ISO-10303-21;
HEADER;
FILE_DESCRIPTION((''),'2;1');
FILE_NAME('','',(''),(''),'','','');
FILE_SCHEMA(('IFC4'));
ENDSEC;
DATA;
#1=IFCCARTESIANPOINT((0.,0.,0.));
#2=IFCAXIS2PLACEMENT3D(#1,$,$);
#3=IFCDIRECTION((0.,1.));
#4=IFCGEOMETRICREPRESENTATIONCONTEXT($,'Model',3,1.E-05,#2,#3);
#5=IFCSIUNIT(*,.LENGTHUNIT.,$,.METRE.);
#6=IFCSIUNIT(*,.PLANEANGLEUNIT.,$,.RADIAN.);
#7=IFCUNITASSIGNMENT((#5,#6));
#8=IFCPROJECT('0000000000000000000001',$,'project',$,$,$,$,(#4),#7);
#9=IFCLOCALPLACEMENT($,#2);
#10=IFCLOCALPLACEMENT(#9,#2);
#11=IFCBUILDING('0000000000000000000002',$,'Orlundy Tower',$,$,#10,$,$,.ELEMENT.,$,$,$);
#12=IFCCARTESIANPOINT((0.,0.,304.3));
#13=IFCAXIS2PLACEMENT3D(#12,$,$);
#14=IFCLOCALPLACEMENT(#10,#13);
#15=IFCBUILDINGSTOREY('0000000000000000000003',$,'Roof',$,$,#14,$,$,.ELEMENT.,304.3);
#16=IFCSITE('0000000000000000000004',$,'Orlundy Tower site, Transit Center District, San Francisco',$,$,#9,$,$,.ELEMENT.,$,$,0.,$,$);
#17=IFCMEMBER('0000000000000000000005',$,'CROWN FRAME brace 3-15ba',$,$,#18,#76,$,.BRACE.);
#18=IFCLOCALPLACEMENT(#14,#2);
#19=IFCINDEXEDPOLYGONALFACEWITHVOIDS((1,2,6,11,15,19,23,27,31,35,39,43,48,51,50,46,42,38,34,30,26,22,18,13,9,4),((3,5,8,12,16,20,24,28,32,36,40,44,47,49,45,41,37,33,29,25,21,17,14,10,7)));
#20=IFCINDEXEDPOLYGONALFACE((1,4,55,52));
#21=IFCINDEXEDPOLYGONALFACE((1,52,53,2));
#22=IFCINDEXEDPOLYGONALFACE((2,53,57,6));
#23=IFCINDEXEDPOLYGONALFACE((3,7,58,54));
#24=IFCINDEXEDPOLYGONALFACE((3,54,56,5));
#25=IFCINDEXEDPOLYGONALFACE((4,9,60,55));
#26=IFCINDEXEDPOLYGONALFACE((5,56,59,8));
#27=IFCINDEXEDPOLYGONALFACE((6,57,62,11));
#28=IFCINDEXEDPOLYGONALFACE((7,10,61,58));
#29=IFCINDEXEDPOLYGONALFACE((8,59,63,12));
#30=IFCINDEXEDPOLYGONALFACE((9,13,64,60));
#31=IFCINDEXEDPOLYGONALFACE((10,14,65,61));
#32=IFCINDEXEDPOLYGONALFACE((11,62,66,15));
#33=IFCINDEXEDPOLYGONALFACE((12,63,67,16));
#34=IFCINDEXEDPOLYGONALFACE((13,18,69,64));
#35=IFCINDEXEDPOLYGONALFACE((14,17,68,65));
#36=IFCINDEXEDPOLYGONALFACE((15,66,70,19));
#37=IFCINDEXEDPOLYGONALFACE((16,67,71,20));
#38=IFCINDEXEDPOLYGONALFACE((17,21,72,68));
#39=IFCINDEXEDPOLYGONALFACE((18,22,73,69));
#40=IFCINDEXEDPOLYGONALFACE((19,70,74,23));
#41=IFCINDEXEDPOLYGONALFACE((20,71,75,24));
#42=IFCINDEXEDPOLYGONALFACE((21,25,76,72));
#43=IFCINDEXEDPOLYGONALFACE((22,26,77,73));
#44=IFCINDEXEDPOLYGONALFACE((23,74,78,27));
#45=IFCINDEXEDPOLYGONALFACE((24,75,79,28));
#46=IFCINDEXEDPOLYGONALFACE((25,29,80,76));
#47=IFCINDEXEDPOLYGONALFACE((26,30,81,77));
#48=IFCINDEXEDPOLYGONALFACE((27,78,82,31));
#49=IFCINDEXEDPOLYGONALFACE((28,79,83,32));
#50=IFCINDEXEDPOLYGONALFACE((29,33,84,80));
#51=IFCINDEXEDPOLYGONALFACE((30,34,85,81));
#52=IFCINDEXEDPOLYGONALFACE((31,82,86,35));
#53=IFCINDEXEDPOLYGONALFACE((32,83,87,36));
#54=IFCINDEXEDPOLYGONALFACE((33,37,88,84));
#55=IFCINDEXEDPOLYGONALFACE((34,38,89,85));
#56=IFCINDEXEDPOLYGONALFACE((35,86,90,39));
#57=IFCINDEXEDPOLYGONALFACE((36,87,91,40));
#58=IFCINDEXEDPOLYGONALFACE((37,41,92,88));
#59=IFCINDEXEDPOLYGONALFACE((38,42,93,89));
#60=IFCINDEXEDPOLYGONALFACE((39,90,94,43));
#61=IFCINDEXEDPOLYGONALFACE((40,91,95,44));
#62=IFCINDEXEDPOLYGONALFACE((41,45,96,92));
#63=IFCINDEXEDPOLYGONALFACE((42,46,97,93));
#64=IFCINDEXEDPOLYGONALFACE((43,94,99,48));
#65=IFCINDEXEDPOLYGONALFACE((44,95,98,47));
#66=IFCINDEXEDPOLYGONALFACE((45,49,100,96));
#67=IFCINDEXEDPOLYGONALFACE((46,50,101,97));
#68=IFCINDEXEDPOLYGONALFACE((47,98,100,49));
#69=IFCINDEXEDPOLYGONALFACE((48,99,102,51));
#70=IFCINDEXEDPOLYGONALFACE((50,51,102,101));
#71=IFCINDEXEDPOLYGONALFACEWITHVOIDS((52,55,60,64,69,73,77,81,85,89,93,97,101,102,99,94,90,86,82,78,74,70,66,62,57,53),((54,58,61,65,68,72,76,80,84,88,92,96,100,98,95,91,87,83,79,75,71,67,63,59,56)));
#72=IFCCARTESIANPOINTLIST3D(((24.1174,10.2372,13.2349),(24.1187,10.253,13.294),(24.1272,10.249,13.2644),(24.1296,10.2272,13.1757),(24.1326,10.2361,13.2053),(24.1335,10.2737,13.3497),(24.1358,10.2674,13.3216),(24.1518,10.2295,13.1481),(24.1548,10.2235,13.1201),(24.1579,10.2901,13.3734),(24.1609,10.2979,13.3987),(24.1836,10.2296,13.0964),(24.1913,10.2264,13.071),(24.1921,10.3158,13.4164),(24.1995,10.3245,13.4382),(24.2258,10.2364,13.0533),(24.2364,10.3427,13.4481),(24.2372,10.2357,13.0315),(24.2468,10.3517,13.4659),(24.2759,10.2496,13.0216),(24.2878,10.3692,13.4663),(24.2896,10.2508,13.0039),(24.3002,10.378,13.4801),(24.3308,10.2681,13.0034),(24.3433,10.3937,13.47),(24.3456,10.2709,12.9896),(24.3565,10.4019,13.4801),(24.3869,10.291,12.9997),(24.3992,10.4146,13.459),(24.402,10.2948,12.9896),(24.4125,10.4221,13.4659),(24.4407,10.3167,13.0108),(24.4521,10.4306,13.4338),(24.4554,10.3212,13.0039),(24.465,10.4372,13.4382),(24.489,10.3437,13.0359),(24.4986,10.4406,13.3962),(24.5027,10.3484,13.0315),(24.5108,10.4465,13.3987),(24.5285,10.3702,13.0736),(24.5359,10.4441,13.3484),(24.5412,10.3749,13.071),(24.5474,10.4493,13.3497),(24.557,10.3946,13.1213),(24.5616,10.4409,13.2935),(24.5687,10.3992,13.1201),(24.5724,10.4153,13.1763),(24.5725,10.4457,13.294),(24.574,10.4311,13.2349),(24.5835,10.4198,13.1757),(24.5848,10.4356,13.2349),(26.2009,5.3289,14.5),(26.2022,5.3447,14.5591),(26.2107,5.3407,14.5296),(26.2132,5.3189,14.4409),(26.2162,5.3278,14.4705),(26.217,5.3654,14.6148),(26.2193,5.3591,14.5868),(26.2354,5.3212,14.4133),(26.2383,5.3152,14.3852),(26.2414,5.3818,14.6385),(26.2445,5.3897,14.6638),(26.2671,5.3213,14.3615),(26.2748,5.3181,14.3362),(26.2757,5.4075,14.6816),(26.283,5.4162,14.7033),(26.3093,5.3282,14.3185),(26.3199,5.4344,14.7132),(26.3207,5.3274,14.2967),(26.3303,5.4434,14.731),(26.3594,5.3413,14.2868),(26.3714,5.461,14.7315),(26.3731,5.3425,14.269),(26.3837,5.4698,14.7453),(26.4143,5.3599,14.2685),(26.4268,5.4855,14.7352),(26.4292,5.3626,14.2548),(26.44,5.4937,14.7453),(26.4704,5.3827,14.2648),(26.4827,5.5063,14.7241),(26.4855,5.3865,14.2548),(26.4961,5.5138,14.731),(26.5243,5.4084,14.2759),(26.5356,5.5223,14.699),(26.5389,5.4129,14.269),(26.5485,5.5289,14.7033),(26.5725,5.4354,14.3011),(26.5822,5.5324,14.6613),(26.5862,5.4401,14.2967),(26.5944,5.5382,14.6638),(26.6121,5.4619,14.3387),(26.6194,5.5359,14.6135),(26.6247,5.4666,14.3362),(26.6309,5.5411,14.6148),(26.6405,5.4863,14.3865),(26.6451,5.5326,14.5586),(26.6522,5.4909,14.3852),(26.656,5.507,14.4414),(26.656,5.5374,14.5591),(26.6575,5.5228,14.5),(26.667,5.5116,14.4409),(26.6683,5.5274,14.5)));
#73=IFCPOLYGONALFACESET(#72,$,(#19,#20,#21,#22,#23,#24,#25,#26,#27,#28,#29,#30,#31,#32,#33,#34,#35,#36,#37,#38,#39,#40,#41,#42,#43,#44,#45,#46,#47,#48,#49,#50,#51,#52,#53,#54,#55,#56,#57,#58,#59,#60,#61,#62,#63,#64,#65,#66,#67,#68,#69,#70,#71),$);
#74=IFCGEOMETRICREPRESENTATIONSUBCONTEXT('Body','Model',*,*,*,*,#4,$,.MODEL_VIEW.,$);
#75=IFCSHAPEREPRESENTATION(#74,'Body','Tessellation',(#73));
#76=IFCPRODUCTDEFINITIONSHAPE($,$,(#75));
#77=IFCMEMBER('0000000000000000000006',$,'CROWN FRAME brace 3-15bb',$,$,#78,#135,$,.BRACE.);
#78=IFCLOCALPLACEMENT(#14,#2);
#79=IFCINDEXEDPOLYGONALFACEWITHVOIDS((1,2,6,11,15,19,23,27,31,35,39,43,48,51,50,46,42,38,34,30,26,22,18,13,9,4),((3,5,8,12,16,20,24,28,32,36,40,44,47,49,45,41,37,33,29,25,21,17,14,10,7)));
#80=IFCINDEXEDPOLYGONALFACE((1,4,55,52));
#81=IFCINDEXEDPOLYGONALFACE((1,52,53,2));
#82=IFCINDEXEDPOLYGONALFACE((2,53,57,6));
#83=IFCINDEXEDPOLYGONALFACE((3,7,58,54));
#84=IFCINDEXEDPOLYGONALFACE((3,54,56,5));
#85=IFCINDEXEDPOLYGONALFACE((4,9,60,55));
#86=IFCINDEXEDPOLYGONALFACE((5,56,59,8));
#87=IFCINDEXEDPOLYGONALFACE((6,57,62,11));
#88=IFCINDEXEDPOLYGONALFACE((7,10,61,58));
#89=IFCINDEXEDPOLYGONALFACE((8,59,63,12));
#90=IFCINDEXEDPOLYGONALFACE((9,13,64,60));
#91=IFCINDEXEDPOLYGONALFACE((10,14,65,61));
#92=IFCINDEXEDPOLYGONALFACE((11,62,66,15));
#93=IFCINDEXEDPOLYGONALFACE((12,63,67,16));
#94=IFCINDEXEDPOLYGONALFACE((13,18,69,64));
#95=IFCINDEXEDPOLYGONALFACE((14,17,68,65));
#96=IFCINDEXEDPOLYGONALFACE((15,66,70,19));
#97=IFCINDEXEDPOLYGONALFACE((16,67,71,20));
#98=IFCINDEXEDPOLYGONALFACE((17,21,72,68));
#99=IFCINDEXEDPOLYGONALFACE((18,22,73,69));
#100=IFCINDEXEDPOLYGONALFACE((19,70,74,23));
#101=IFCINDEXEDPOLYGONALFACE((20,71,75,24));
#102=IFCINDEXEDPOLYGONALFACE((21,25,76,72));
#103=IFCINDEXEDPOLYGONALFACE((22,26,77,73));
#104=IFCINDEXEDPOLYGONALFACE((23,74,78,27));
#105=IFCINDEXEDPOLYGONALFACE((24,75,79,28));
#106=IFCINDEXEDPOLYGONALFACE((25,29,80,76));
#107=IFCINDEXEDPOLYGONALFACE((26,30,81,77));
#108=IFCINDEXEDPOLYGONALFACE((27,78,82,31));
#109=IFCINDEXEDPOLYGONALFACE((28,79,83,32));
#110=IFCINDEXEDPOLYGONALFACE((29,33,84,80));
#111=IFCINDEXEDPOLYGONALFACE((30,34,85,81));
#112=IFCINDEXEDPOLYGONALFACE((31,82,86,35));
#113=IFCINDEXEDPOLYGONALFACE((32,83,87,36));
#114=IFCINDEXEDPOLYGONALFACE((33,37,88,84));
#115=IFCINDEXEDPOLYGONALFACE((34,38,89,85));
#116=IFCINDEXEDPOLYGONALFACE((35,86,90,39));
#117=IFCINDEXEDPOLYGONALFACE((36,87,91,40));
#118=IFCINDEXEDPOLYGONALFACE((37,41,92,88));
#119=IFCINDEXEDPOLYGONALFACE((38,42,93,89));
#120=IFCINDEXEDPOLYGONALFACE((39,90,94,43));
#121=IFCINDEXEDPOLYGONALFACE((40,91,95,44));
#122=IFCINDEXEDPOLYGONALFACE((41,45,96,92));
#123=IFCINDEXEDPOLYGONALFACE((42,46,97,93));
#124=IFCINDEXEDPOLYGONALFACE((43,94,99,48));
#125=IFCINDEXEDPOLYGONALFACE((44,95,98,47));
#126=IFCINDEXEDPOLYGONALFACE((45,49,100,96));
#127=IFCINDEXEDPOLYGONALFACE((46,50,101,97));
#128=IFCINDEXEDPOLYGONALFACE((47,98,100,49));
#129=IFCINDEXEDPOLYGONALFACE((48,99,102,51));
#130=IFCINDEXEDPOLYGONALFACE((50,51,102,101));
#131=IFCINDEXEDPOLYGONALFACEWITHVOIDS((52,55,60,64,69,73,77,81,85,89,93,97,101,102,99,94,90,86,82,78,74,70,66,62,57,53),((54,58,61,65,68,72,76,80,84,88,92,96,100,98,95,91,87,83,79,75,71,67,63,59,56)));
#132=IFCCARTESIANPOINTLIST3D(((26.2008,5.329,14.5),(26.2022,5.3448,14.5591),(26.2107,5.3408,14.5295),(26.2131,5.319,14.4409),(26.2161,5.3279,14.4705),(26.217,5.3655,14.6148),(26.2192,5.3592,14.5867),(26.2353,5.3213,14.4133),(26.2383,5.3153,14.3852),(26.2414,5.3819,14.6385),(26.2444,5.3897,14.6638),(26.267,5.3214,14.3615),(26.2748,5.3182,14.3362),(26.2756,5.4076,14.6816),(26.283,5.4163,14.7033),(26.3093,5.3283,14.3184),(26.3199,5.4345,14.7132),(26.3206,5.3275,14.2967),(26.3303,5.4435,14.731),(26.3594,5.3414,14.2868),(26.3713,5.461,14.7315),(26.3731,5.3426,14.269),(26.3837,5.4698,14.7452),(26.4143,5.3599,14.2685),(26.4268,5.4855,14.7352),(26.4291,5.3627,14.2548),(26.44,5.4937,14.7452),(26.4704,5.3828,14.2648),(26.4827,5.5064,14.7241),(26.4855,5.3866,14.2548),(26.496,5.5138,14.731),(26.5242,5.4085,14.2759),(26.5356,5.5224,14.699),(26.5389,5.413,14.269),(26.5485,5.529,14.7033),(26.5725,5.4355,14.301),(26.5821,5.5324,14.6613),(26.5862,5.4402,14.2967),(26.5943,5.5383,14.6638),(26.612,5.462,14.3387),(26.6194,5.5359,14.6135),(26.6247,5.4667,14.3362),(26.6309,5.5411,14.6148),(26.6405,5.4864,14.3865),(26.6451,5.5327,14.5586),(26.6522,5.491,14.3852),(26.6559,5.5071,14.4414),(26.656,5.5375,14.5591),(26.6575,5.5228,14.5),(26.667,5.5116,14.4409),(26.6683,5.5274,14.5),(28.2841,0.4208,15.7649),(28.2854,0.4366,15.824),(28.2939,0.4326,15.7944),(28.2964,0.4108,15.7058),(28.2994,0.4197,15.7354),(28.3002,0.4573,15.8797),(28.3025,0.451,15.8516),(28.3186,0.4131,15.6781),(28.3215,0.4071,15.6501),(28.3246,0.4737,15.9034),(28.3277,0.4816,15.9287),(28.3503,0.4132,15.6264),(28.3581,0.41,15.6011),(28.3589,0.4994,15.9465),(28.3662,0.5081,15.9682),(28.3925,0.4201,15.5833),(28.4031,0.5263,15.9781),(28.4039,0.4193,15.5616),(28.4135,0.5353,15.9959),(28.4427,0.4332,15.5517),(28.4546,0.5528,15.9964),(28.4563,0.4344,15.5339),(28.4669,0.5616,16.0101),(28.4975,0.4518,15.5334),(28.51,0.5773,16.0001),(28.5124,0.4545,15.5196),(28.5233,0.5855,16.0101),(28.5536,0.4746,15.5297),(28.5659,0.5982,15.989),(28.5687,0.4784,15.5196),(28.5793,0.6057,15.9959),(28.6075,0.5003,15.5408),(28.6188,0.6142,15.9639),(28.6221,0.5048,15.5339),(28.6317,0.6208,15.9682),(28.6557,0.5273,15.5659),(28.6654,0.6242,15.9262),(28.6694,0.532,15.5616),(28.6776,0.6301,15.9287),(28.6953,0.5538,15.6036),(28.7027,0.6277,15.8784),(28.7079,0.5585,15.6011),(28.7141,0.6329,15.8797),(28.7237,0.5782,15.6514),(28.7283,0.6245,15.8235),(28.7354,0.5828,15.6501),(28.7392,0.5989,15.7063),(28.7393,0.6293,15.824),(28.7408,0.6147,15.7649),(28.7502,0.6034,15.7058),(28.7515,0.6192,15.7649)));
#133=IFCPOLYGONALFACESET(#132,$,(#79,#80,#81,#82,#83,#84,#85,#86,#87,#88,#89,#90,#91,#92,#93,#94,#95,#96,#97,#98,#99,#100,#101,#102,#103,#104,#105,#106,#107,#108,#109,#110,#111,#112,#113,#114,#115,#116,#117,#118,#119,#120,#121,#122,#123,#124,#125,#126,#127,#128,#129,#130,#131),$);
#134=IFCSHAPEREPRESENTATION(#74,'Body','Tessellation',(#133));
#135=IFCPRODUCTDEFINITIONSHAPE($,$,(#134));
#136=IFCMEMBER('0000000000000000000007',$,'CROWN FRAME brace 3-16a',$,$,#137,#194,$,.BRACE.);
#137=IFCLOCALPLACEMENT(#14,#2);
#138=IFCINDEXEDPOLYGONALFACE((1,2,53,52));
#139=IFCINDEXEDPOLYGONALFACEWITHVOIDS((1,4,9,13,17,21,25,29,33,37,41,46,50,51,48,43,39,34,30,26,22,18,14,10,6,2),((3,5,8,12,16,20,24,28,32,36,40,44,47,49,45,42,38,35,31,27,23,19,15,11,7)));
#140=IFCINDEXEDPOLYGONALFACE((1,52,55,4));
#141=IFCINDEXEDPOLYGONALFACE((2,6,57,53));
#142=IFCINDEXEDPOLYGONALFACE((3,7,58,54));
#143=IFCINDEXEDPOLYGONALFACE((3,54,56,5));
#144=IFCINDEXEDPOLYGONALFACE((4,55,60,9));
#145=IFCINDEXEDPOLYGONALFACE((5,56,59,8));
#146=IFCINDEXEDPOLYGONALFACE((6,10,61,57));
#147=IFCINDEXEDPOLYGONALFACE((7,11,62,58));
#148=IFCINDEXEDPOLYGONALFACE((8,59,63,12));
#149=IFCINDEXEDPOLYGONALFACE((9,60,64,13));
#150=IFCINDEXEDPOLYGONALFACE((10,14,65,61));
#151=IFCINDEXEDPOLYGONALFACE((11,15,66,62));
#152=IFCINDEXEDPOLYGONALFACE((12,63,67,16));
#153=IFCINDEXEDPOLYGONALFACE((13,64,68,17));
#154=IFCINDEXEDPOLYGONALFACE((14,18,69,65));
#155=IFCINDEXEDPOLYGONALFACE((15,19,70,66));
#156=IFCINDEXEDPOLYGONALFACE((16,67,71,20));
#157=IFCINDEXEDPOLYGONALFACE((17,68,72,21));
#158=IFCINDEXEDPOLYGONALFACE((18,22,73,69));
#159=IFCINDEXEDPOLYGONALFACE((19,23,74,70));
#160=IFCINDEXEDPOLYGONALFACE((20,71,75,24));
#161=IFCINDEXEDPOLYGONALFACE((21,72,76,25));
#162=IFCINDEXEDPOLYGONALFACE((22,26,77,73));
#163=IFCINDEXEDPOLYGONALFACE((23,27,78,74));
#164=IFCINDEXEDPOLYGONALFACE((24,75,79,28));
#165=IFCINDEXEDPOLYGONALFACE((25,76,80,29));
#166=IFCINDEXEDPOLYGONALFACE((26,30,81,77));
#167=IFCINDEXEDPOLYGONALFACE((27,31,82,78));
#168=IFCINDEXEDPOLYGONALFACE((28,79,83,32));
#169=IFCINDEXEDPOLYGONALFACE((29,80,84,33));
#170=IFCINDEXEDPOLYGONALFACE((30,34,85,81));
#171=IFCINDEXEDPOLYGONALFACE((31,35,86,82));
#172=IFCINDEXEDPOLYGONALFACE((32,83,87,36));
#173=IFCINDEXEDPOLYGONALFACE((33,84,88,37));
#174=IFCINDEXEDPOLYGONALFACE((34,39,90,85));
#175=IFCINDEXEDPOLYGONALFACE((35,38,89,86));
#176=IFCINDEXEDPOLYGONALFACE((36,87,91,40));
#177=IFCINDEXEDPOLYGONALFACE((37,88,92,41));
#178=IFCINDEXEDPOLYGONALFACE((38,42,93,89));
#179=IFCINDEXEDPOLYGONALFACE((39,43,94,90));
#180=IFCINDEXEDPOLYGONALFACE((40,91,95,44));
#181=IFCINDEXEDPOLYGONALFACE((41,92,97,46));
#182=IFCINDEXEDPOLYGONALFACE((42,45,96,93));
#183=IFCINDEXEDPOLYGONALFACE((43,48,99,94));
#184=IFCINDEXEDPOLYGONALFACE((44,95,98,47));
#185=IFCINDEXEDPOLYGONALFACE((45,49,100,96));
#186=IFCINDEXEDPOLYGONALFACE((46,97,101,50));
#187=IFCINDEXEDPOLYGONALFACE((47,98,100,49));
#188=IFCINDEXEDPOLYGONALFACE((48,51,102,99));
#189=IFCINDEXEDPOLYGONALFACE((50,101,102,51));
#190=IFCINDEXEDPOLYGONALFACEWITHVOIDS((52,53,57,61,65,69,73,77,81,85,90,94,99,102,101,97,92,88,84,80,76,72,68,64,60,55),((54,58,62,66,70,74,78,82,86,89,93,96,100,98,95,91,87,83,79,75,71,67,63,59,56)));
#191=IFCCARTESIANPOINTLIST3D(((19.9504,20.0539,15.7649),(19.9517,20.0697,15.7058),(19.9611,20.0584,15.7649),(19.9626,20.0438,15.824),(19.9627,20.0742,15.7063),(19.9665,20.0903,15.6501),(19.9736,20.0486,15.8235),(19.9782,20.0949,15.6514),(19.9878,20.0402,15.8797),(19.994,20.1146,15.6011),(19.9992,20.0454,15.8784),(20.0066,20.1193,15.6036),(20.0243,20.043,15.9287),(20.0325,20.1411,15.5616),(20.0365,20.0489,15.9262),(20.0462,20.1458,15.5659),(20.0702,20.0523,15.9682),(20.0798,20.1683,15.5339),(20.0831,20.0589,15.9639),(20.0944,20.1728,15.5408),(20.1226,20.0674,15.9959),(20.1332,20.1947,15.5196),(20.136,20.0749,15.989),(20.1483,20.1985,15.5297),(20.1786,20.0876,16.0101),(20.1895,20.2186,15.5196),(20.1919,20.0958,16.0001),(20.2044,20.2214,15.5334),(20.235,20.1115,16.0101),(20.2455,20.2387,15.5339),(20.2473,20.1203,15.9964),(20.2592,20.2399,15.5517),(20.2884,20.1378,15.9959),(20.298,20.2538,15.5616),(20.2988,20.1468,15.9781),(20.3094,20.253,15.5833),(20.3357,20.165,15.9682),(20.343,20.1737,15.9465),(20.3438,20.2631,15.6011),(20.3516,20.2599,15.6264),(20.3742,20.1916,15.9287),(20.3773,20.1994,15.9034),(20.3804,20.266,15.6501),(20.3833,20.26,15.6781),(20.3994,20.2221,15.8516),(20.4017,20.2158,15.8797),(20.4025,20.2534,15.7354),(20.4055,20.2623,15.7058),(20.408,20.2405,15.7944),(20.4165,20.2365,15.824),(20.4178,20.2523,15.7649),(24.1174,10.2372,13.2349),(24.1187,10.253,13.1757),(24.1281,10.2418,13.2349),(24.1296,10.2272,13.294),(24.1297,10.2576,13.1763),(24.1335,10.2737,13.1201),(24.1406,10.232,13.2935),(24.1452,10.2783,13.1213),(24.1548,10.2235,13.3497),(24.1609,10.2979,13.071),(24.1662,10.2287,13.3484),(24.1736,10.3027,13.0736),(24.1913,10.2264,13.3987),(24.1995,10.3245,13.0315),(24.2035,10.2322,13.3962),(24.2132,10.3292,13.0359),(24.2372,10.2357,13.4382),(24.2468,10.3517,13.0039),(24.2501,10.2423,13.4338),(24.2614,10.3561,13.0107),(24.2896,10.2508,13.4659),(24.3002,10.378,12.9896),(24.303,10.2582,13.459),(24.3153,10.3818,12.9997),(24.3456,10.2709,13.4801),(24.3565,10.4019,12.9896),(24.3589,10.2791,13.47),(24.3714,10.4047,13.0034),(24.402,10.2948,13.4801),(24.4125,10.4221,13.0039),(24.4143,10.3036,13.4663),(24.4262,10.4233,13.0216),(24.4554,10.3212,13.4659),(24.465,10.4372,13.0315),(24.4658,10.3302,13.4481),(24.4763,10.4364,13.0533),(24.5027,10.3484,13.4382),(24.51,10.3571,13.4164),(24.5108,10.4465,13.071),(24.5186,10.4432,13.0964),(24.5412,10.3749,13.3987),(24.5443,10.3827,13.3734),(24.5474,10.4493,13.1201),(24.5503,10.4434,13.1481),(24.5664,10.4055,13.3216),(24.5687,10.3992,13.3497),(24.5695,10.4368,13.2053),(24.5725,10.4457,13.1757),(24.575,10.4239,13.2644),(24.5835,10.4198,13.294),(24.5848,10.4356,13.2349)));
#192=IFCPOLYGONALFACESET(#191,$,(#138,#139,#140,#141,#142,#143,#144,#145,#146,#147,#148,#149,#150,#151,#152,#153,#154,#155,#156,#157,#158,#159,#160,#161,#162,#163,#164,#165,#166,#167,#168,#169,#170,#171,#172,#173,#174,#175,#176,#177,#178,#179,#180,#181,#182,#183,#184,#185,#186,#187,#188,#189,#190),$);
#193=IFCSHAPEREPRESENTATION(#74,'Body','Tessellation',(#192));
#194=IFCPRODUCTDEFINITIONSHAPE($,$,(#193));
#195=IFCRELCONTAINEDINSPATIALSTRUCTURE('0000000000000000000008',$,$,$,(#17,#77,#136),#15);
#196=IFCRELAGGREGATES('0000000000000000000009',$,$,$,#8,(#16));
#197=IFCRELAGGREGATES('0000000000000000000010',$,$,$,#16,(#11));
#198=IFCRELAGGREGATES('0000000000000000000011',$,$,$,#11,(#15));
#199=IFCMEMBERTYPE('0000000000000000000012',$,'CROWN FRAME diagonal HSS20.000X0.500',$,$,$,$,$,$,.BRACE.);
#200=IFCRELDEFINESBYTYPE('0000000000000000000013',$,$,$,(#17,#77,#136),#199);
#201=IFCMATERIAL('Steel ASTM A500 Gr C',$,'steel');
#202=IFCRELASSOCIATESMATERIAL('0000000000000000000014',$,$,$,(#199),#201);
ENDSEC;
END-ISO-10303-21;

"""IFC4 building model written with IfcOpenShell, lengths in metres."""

from ifc_helpers import new_model, si_unit, direction, frame, origin, origin_2d, place, context, subcontext, project, spatial, hollow_circle, extrude, material, material_profile, profile_set, type_object, element, save


model = new_model("IFC4")

# Units and contexts
model_context = context("Model", 3, precision=1e-05, world=origin(), true_north=direction((0.0, 1.0)))
body_context = subcontext(model_context, "Body", "Model", "MODEL_VIEW")
ifc_project = project(units=[si_unit("LENGTHUNIT", "METRE"), si_unit("PLANEANGLEUNIT", "RADIAN")], contexts=[model_context])

# Site, building, storey
site_placement = place(None, origin())
site = spatial("IfcSite", under=ifc_project, at=site_placement, Name="Orlundy Tower site, Transit Center District, San Francisco", CompositionType="ELEMENT", RefElevation=0.0)
building_placement = place(site_placement, origin())
building = spatial("IfcBuilding", under=site, at=building_placement, Name="Orlundy Tower", CompositionType="ELEMENT")
storey_placement = place(building_placement, frame((0.0, 0.0, 304.3)))
storey = spatial("IfcBuildingStorey", under=building, at=storey_placement, Name="Roof", CompositionType="ELEMENT", Elevation=304.3)

# Members
ifc_material_1 = material(Name="Steel ASTM A500 Gr C", Category="steel")
ifc_material_profile_1 = material_profile(ifc_material_1, hollow_circle(Radius=0.2539, WallThickness=0.0117, at=origin_2d()), Name="HSS20.000X0.500")
ifc_profile_set_1 = profile_set([ifc_material_profile_1], Name="Steel ASTM A500 Gr C")
member_type_1 = type_object("IfcMemberType", Name="CROWN FRAME diagonal HSS20.000X0.500", PredefinedType="BRACE", material=ifc_profile_set_1)
member_1_placement = place(storey_placement, frame((24.3511, 10.3364, 13.2349), z_axis=(0.38019, -0.895634, 0.230858), x_axis=(0.920499, 0.390745, 0.0)))
element("IfcMember", 1, at=member_1_placement, inside=storey, type_object=member_type_1, Name="CROWN FRAME brace 3-15ba", PredefinedType="BRACE", context=body_context, shape_type="SweptSolid", body=[
    extrude(hollow_circle(Radius=0.2539, WallThickness=0.0117, at=origin_2d()), origin(), (0.0, 0.0, 1.0), 5.4802),
])
member_2_placement = place(storey_placement, frame((26.4346, 5.4282, 14.5), z_axis=(0.380156, -0.895658, 0.23082), x_axis=(0.920515, 0.390706, 0.0)))
element("IfcMember", 2, at=member_2_placement, inside=storey, type_object=member_type_1, Name="CROWN FRAME brace 3-15bb", PredefinedType="BRACE", context=body_context, shape_type="SweptSolid", body=[
    extrude(hollow_circle(Radius=0.2539, WallThickness=0.0117, at=origin_2d()), origin(), (0.0, 0.0, 1.0), 5.48),
])
member_3_placement = place(storey_placement, frame((24.3511, 10.3364, 13.2349), z_axis=(-0.380184, 0.895643, 0.230833), x_axis=(-0.920502, -0.390737, 0.0)))
element("IfcMember", 3, at=member_3_placement, inside=storey, type_object=member_type_1, Name="CROWN FRAME brace 3-16a", PredefinedType="BRACE", context=body_context, shape_type="SweptSolid", body=[
    extrude(hollow_circle(Radius=0.2539, WallThickness=0.0117, at=origin_2d()), origin(), (0.0, 0.0, 1.0), 10.9604),
])

save(model, "model.ifc")
